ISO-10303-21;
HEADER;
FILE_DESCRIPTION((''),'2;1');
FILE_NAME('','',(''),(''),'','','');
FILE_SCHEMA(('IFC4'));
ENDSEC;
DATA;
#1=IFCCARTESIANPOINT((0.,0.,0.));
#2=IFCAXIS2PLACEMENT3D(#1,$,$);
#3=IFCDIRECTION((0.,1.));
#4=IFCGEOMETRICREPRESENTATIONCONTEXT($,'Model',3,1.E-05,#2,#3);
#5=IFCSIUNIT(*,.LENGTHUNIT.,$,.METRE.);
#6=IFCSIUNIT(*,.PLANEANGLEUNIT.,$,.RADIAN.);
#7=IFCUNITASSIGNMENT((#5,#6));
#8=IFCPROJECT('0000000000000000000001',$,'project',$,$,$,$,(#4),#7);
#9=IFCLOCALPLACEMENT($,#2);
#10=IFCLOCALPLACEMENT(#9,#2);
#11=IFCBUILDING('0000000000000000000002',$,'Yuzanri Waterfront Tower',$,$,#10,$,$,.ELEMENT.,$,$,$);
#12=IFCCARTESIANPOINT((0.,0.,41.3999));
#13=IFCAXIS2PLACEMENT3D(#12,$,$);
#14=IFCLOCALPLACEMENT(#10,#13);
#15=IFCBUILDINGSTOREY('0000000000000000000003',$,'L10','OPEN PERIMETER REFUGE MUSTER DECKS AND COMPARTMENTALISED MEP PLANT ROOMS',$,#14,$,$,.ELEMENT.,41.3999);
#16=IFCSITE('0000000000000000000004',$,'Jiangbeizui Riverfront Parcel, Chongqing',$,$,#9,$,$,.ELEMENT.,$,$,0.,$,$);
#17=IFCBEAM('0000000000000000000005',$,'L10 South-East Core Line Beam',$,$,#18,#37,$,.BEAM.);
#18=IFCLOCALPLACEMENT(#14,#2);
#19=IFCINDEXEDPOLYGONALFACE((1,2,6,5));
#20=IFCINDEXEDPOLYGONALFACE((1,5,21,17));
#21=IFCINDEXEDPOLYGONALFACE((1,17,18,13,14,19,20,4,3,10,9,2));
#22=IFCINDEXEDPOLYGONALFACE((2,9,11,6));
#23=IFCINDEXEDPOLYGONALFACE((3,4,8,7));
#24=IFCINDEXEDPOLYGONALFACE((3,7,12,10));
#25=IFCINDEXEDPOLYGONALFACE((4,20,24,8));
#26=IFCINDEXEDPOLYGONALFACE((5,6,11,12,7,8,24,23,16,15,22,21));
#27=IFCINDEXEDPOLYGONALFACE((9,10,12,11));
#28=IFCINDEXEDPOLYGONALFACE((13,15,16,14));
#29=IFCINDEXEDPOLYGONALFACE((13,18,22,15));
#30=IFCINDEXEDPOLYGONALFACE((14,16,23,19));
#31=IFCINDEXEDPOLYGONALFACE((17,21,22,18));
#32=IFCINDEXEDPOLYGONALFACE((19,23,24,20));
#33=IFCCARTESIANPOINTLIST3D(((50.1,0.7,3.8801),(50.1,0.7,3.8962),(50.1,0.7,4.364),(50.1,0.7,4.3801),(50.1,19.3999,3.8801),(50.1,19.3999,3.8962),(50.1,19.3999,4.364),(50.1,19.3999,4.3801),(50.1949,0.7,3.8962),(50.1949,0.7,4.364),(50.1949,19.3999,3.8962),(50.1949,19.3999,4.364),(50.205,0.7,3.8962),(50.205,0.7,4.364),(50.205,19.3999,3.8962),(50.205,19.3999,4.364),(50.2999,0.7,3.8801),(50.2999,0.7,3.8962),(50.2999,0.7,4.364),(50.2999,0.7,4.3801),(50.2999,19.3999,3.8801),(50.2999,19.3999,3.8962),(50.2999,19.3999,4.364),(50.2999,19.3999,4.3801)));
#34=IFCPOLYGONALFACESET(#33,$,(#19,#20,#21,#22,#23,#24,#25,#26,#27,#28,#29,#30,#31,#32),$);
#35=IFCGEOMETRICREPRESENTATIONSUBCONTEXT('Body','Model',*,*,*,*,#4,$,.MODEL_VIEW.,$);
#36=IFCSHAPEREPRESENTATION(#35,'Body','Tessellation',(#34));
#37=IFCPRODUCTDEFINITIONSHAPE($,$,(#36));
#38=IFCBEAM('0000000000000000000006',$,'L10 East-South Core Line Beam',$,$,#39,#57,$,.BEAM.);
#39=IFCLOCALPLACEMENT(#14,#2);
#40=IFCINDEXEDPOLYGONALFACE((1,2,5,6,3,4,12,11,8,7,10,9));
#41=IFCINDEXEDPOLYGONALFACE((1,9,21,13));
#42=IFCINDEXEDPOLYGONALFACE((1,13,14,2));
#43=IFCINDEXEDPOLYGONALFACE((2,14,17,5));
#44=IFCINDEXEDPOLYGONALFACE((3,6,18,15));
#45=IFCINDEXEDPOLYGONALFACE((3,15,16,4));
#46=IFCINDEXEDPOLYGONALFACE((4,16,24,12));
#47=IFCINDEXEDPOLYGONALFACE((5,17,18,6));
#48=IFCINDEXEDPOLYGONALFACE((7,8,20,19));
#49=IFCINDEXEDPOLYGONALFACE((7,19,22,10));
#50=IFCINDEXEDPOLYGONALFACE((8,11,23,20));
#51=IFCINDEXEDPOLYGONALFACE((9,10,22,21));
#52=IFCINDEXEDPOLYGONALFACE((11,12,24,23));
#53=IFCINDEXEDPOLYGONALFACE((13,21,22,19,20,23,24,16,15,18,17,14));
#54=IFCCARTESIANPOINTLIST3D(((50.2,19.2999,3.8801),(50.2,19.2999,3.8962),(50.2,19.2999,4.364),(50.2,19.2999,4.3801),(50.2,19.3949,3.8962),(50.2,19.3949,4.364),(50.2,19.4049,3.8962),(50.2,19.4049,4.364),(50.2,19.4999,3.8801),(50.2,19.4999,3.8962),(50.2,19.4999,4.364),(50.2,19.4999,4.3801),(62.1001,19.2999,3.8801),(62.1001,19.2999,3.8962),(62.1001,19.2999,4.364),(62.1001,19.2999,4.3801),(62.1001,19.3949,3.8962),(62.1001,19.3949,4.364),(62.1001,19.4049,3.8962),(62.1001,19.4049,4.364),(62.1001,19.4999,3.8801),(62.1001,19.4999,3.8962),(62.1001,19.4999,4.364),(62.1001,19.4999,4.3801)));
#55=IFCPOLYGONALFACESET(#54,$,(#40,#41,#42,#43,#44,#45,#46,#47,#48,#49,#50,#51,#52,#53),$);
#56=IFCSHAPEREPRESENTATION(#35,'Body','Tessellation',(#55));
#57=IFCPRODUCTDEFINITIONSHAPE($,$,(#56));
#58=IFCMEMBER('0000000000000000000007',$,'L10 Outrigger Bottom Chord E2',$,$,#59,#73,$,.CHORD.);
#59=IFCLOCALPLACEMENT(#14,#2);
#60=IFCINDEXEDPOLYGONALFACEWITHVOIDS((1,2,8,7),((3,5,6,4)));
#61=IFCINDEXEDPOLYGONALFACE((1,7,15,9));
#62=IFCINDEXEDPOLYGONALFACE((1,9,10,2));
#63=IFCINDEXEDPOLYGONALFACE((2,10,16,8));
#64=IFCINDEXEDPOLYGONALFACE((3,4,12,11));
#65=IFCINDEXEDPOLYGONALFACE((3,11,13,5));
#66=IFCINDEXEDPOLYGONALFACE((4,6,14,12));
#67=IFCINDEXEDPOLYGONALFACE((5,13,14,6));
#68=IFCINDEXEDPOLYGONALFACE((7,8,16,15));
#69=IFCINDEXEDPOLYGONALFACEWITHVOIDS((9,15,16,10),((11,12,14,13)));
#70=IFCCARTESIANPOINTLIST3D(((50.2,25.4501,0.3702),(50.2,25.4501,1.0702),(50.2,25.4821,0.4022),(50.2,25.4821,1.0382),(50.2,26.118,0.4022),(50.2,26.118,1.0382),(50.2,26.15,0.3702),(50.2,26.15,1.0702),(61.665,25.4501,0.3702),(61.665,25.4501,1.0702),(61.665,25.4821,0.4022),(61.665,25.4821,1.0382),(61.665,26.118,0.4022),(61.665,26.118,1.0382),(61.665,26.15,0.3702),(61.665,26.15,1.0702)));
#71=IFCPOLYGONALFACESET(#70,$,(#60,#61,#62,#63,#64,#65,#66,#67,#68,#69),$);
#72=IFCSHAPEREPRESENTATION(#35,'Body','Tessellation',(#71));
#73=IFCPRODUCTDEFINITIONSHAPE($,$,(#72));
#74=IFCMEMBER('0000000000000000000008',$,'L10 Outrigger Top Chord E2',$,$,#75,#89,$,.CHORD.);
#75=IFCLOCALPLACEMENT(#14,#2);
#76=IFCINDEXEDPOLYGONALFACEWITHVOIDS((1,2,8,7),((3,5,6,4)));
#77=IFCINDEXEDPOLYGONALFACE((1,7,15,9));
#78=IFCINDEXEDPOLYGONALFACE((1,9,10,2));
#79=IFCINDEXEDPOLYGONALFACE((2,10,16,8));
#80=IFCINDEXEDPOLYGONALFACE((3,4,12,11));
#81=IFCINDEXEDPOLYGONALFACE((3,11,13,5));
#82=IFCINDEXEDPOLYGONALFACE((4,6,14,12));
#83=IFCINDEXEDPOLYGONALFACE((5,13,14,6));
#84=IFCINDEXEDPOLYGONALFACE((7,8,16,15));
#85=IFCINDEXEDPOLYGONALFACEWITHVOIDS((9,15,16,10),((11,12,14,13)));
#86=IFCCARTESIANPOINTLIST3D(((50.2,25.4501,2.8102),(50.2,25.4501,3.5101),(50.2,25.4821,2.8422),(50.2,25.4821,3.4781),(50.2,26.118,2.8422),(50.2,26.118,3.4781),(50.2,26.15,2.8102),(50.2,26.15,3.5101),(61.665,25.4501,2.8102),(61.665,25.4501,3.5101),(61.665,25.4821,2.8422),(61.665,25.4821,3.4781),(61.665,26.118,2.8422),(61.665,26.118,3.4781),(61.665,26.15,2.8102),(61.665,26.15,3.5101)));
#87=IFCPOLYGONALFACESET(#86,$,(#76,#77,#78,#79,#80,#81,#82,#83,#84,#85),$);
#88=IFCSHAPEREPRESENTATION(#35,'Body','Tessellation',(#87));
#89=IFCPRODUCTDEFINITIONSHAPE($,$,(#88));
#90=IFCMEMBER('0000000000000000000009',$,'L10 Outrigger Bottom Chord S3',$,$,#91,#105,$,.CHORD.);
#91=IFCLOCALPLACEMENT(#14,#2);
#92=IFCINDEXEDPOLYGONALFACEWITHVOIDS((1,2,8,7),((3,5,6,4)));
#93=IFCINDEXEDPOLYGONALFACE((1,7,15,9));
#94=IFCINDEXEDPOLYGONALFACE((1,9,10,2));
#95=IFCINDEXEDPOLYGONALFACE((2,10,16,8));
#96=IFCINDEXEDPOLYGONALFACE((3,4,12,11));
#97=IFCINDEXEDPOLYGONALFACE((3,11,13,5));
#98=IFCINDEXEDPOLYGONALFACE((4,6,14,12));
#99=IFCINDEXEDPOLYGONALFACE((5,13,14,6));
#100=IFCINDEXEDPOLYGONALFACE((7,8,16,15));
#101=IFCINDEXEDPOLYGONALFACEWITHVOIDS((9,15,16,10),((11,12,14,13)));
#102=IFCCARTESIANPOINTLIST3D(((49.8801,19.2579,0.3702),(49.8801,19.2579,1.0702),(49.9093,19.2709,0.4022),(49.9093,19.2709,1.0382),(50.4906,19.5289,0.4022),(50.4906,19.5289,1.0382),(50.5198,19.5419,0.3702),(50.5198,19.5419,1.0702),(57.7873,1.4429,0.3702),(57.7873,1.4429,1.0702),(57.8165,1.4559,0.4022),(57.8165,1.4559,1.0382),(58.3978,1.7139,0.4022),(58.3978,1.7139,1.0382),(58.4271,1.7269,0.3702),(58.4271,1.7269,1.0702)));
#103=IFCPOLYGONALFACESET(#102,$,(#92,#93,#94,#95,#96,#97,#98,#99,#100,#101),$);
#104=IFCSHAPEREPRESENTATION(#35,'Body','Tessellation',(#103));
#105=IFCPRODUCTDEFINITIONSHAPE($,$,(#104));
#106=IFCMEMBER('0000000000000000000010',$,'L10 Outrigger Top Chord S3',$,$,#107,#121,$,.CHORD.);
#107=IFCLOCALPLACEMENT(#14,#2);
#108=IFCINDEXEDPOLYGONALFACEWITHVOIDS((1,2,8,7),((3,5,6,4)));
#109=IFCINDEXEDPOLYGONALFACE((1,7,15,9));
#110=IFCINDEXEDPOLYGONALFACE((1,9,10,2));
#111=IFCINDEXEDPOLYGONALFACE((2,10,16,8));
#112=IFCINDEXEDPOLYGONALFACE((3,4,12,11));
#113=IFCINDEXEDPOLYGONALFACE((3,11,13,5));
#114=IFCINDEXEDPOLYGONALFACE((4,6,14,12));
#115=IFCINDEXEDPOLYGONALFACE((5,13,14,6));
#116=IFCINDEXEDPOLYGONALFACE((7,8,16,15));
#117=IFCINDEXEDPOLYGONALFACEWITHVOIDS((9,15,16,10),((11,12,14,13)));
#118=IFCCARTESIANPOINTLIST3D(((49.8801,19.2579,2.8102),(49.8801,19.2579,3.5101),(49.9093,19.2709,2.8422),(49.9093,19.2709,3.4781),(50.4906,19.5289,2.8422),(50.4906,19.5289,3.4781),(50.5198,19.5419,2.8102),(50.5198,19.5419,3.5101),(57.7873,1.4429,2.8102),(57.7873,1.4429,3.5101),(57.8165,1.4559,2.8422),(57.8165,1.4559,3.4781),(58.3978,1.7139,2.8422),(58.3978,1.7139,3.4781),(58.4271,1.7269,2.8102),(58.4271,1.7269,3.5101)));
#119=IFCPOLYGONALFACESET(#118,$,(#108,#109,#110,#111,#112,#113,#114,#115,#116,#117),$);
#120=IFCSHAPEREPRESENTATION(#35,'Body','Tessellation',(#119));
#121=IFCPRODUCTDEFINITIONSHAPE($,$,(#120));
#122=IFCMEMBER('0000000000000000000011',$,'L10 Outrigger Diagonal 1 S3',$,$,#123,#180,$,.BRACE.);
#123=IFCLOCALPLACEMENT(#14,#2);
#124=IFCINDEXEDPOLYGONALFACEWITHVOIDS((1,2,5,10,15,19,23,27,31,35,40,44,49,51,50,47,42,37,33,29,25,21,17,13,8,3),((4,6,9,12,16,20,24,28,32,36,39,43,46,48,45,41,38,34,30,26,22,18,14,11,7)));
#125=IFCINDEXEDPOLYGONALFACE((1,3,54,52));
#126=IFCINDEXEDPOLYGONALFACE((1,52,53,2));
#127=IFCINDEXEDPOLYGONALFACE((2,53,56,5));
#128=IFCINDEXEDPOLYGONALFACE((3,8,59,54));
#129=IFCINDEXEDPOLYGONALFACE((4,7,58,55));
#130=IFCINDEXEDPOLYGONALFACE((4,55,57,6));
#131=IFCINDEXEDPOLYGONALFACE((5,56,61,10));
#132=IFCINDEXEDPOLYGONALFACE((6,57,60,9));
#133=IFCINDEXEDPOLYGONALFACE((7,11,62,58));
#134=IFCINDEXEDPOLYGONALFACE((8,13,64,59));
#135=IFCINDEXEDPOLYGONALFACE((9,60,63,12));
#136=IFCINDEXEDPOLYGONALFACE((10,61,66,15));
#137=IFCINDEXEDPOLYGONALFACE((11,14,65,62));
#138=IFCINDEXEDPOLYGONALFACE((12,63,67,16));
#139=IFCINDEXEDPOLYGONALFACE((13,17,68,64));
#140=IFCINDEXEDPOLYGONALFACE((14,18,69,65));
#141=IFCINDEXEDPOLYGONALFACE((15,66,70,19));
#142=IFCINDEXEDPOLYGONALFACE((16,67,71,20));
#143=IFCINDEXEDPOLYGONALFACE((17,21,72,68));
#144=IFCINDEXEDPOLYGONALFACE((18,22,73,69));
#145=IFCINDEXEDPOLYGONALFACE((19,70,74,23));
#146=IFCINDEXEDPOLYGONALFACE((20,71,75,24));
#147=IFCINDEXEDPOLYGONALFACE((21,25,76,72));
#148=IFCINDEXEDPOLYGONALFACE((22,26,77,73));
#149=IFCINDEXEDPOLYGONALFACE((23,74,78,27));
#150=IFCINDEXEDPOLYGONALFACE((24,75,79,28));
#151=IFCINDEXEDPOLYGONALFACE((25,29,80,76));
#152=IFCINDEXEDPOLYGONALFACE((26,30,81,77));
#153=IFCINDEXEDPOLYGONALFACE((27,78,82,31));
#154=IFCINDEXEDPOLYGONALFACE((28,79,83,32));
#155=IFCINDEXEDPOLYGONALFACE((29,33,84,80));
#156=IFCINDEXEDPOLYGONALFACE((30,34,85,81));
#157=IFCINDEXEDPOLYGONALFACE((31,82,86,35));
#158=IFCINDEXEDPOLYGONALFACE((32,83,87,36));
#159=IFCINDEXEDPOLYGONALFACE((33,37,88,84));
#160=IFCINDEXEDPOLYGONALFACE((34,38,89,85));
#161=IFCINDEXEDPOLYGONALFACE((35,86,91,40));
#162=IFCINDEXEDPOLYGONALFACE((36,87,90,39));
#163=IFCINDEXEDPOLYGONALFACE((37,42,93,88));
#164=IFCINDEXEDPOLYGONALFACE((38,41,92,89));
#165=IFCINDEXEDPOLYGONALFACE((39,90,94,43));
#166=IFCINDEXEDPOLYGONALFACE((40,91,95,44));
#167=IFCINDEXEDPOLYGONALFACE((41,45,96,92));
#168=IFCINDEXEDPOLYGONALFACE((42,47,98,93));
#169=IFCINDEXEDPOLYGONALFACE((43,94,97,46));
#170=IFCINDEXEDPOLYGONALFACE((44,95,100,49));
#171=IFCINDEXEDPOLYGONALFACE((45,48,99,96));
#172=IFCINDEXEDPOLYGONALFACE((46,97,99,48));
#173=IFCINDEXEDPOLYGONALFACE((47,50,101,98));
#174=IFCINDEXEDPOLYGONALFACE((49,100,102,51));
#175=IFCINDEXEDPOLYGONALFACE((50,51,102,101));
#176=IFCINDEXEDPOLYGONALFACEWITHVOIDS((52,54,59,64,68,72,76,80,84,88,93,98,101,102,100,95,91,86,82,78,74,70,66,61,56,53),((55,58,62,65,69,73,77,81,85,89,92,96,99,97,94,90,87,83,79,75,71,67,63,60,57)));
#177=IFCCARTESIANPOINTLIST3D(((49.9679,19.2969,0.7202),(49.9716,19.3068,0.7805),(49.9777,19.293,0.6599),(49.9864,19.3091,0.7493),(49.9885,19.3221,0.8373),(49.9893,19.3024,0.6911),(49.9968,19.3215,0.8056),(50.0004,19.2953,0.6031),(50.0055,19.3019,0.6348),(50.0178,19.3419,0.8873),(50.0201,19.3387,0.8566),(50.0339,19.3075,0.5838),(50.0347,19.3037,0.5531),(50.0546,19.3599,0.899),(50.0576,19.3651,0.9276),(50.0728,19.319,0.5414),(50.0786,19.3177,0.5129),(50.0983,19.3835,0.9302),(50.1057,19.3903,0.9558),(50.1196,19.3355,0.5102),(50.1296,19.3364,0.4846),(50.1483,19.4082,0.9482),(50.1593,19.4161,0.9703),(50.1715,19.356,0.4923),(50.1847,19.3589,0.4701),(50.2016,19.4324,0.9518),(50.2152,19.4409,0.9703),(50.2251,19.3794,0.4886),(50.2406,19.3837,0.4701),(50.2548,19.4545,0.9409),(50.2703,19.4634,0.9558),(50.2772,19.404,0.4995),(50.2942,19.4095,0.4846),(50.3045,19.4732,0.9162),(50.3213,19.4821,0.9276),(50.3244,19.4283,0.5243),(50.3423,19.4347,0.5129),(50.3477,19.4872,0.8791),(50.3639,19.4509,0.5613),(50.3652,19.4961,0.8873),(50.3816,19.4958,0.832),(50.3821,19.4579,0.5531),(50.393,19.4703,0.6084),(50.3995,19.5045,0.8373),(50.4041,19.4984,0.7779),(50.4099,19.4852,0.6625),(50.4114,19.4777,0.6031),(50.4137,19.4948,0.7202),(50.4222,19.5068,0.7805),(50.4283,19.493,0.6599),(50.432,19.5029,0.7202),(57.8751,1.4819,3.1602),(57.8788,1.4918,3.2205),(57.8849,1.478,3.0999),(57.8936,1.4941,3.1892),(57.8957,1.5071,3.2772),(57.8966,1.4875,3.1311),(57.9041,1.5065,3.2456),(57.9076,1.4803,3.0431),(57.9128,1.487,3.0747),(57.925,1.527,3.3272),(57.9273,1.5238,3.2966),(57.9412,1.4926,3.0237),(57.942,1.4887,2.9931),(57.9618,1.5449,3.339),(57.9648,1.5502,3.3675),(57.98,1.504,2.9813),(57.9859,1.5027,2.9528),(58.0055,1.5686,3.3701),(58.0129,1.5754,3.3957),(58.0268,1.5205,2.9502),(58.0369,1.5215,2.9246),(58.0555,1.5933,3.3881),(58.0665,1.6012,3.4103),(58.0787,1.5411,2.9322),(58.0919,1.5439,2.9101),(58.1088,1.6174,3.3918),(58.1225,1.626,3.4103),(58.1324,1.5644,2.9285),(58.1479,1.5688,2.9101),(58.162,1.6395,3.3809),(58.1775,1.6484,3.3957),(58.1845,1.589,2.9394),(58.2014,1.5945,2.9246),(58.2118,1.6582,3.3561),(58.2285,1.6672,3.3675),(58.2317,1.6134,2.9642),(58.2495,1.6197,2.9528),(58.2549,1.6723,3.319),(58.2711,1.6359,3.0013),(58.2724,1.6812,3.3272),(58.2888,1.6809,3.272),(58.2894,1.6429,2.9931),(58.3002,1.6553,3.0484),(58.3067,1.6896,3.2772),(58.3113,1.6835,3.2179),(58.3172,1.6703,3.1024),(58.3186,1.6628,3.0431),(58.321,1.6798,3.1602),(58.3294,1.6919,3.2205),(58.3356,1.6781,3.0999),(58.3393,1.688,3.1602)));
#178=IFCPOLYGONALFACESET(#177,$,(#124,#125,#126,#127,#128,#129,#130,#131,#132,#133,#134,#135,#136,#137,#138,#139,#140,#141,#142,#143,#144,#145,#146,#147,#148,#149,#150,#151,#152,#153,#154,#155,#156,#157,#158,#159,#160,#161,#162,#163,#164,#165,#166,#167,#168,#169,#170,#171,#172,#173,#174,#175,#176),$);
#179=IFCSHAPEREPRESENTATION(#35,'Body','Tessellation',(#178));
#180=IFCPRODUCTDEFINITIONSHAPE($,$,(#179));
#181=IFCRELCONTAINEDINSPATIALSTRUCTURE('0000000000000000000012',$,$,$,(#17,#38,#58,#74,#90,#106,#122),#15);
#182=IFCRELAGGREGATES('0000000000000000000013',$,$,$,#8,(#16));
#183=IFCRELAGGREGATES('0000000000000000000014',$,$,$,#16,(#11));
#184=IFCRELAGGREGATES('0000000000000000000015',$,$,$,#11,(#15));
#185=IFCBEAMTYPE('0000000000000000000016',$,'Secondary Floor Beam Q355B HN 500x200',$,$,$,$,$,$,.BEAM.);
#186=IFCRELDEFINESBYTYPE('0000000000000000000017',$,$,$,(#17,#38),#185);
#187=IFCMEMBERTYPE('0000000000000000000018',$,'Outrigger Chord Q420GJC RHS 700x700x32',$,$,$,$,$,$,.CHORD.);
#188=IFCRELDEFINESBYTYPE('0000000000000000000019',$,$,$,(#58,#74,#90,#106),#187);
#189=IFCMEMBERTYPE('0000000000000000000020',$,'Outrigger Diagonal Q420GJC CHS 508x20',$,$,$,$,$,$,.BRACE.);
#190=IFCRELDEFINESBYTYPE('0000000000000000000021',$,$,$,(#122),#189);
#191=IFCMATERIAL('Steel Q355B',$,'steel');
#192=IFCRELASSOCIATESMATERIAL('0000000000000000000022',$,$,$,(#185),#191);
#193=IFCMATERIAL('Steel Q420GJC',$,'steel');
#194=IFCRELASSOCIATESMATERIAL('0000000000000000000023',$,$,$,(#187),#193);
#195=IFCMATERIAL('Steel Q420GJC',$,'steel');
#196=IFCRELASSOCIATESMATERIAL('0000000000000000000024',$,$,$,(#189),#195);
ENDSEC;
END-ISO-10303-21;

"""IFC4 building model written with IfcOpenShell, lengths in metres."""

from ifc_helpers import new_model, si_unit, direction, frame, origin, origin_2d, place, context, subcontext, project, spatial, hollow_rectangle, hollow_circle, i_section, extrude, source, transform, mapped, material, material_profile, profile_set, type_object, element, save


model = new_model("IFC4")

# Units and contexts
model_context = context("Model", 3, precision=1e-05, world=origin(), true_north=direction((0.0, 1.0)))
body_context = subcontext(model_context, "Body", "Model", "MODEL_VIEW")
ifc_project = project(units=[si_unit("LENGTHUNIT", "METRE"), si_unit("PLANEANGLEUNIT", "RADIAN")], contexts=[model_context])

# Site, building, storey
site_placement = place(None, origin())
site = spatial("IfcSite", under=ifc_project, at=site_placement, Name="Jiangbeizui Riverfront Parcel, Chongqing", CompositionType="ELEMENT", RefElevation=0.0)
building_placement = place(site_placement, origin())
building = spatial("IfcBuilding", under=site, at=building_placement, Name="Yuzanri Waterfront Tower", CompositionType="ELEMENT")
storey_placement = place(building_placement, frame((0.0, 0.0, 41.3999)))
storey = spatial("IfcBuildingStorey", under=building, at=storey_placement, Name="L10", Description="OPEN PERIMETER REFUGE MUSTER DECKS AND COMPARTMENTALISED MEP PLANT ROOMS", CompositionType="ELEMENT", Elevation=41.3999)

# Beams
ifc_material_1 = material(Name="Steel Q355B", Category="steel")
ifc_material_profile_1 = material_profile(ifc_material_1, i_section(OverallWidth=0.2, OverallDepth=0.5, WebThickness=0.01, FlangeThickness=0.0161, at=origin_2d()), Name="HN 500x200x10x16")
ifc_profile_set_1 = profile_set([ifc_material_profile_1], Name="Steel Q355B")
beam_type_1 = type_object("IfcBeamType", Name="Secondary Floor Beam Q355B HN 500x200", PredefinedType="BEAM", material=ifc_profile_set_1)
shared_shape_1 = source(origin(), body_context, "Body", "SweptSolid", [
    extrude(i_section(OverallWidth=0.2, OverallDepth=0.5, WebThickness=0.01, FlangeThickness=0.0161, at=origin_2d()), origin(), (0.0, 0.0, 1.0), 18.7),
])
beam_1_placement = place(storey_placement, frame((50.2, 19.3999, 4.1301), z_axis=(0.0, -1.0, 0.0), x_axis=(1.0, 0.0, 0.0)))
element("IfcBeam", 1, at=beam_1_placement, inside=storey, type_object=beam_type_1, Name="L10 South-East Core Line Beam", PredefinedType="BEAM", context=body_context, shape_type="MappedRepresentation", body=[
    mapped(shared_shape_1, transform((0.0, 0.0, 0.0), scale=1.0)),
])
shared_shape_2 = source(origin(), body_context, "Body", "SweptSolid", [
    extrude(i_section(OverallWidth=0.2, OverallDepth=0.5, WebThickness=0.01, FlangeThickness=0.0161, at=origin_2d()), origin(), (0.0, 0.0, 1.0), 11.9001),
])
beam_2_placement = place(storey_placement, frame((50.2, 19.3999, 4.1301), z_axis=(1.0, 0.0, 0.0), x_axis=(0.0, 1.0, 0.0)))
element("IfcBeam", 2, at=beam_2_placement, inside=storey, type_object=beam_type_1, Name="L10 East-South Core Line Beam", PredefinedType="BEAM", context=body_context, shape_type="MappedRepresentation", body=[
    mapped(shared_shape_2, transform((0.0, 0.0, 0.0), scale=1.0)),
])

# Members
ifc_material_2 = material(Name="Steel Q420GJC", Category="steel")
ifc_material_profile_2 = material_profile(ifc_material_2, hollow_rectangle(XDim=0.7, YDim=0.7, WallThickness=0.032, at=origin_2d()), Name="RHS 700x700x32")
ifc_profile_set_2 = profile_set([ifc_material_profile_2], Name="Steel Q420GJC")
member_type_1 = type_object("IfcMemberType", Name="Outrigger Chord Q420GJC RHS 700x700x32", PredefinedType="CHORD", material=ifc_profile_set_2)
shared_shape_3 = source(origin(), body_context, "Body", "SweptSolid", [
    extrude(hollow_rectangle(XDim=0.7, YDim=0.7, WallThickness=0.032, at=origin_2d()), origin(), (0.0, 0.0, 1.0), 11.4651),
])
for number, where, z_axis, x_axis, name in (
    (3, (50.2, 25.8, 0.7202), (1.0, 0.0, 0.0), (0.0, 1.0, 0.0), "L10 Outrigger Bottom Chord E2"),
    (4, (50.2, 25.8, 3.1602), (1.0, 0.0, 0.0), (0.0, 1.0, 0.0), "L10 Outrigger Top Chord E2"),
):
    element("IfcMember", number, at=place(storey_placement, frame(where, z_axis=z_axis, x_axis=x_axis)), inside=storey, type_object=member_type_1, Name=name, PredefinedType="CHORD", context=body_context, shape_type="MappedRepresentation", body=[
        mapped(shared_shape_3, transform((0.0, 0.0, 0.0), scale=1.0)),
    ])
shared_shape_4 = source(origin(), body_context, "Body", "SweptSolid", [
    extrude(hollow_rectangle(XDim=0.7, YDim=0.7, WallThickness=0.032, at=origin_2d()), origin(), (0.0, 0.0, 1.0), 19.491),
])
for number, where, z_axis, x_axis, name in (
    (5, (50.2, 19.3999, 0.7202), (0.405687, -0.914012, 0.0), (0.914012, 0.405687, 0.0), "L10 Outrigger Bottom Chord S3"),
    (6, (50.2, 19.3999, 3.1602), (0.405687, -0.914012, 0.0), (0.914012, 0.405687, 0.0), "L10 Outrigger Top Chord S3"),
):
    element("IfcMember", number, at=place(storey_placement, frame(where, z_axis=z_axis, x_axis=x_axis)), inside=storey, type_object=member_type_1, Name=name, PredefinedType="CHORD", context=body_context, shape_type="MappedRepresentation", body=[
        mapped(shared_shape_4, transform((0.0, 0.0, 0.0), scale=1.0)),
    ])
ifc_material_3 = material(Name="Steel Q420GJC", Category="steel")
ifc_material_profile_3 = material_profile(ifc_material_3, hollow_circle(Radius=0.2539, WallThickness=0.02, at=origin_2d()), Name="CHS 508x20")
ifc_profile_set_3 = profile_set([ifc_material_profile_3], Name="Steel Q420GJC")
member_type_2 = type_object("IfcMemberType", Name="Outrigger Diagonal Q420GJC CHS 508x20", PredefinedType="BRACE", material=ifc_profile_set_3)
shared_shape_5 = source(origin(), body_context, "Body", "SweptSolid", [
    extrude(hollow_circle(Radius=0.2539, WallThickness=0.02, at=origin_2d()), origin(), (0.0, 0.0, 1.0), 19.6431),
])
for number, where, z_axis, x_axis, name in (
    (7, (50.2, 19.3999, 0.7202), (0.402546, -0.906933, 0.124214), (0.914012, 0.405687, 0.0), "L10 Outrigger Diagonal 1 S3"),
):
    element("IfcMember", number, at=place(storey_placement, frame(where, z_axis=z_axis, x_axis=x_axis)), inside=storey, type_object=member_type_2, Name=name, PredefinedType="BRACE", context=body_context, shape_type="MappedRepresentation", body=[
        mapped(shared_shape_5, transform((0.0, 0.0, 0.0), scale=1.0)),
    ])

save(model, "model.ifc")
